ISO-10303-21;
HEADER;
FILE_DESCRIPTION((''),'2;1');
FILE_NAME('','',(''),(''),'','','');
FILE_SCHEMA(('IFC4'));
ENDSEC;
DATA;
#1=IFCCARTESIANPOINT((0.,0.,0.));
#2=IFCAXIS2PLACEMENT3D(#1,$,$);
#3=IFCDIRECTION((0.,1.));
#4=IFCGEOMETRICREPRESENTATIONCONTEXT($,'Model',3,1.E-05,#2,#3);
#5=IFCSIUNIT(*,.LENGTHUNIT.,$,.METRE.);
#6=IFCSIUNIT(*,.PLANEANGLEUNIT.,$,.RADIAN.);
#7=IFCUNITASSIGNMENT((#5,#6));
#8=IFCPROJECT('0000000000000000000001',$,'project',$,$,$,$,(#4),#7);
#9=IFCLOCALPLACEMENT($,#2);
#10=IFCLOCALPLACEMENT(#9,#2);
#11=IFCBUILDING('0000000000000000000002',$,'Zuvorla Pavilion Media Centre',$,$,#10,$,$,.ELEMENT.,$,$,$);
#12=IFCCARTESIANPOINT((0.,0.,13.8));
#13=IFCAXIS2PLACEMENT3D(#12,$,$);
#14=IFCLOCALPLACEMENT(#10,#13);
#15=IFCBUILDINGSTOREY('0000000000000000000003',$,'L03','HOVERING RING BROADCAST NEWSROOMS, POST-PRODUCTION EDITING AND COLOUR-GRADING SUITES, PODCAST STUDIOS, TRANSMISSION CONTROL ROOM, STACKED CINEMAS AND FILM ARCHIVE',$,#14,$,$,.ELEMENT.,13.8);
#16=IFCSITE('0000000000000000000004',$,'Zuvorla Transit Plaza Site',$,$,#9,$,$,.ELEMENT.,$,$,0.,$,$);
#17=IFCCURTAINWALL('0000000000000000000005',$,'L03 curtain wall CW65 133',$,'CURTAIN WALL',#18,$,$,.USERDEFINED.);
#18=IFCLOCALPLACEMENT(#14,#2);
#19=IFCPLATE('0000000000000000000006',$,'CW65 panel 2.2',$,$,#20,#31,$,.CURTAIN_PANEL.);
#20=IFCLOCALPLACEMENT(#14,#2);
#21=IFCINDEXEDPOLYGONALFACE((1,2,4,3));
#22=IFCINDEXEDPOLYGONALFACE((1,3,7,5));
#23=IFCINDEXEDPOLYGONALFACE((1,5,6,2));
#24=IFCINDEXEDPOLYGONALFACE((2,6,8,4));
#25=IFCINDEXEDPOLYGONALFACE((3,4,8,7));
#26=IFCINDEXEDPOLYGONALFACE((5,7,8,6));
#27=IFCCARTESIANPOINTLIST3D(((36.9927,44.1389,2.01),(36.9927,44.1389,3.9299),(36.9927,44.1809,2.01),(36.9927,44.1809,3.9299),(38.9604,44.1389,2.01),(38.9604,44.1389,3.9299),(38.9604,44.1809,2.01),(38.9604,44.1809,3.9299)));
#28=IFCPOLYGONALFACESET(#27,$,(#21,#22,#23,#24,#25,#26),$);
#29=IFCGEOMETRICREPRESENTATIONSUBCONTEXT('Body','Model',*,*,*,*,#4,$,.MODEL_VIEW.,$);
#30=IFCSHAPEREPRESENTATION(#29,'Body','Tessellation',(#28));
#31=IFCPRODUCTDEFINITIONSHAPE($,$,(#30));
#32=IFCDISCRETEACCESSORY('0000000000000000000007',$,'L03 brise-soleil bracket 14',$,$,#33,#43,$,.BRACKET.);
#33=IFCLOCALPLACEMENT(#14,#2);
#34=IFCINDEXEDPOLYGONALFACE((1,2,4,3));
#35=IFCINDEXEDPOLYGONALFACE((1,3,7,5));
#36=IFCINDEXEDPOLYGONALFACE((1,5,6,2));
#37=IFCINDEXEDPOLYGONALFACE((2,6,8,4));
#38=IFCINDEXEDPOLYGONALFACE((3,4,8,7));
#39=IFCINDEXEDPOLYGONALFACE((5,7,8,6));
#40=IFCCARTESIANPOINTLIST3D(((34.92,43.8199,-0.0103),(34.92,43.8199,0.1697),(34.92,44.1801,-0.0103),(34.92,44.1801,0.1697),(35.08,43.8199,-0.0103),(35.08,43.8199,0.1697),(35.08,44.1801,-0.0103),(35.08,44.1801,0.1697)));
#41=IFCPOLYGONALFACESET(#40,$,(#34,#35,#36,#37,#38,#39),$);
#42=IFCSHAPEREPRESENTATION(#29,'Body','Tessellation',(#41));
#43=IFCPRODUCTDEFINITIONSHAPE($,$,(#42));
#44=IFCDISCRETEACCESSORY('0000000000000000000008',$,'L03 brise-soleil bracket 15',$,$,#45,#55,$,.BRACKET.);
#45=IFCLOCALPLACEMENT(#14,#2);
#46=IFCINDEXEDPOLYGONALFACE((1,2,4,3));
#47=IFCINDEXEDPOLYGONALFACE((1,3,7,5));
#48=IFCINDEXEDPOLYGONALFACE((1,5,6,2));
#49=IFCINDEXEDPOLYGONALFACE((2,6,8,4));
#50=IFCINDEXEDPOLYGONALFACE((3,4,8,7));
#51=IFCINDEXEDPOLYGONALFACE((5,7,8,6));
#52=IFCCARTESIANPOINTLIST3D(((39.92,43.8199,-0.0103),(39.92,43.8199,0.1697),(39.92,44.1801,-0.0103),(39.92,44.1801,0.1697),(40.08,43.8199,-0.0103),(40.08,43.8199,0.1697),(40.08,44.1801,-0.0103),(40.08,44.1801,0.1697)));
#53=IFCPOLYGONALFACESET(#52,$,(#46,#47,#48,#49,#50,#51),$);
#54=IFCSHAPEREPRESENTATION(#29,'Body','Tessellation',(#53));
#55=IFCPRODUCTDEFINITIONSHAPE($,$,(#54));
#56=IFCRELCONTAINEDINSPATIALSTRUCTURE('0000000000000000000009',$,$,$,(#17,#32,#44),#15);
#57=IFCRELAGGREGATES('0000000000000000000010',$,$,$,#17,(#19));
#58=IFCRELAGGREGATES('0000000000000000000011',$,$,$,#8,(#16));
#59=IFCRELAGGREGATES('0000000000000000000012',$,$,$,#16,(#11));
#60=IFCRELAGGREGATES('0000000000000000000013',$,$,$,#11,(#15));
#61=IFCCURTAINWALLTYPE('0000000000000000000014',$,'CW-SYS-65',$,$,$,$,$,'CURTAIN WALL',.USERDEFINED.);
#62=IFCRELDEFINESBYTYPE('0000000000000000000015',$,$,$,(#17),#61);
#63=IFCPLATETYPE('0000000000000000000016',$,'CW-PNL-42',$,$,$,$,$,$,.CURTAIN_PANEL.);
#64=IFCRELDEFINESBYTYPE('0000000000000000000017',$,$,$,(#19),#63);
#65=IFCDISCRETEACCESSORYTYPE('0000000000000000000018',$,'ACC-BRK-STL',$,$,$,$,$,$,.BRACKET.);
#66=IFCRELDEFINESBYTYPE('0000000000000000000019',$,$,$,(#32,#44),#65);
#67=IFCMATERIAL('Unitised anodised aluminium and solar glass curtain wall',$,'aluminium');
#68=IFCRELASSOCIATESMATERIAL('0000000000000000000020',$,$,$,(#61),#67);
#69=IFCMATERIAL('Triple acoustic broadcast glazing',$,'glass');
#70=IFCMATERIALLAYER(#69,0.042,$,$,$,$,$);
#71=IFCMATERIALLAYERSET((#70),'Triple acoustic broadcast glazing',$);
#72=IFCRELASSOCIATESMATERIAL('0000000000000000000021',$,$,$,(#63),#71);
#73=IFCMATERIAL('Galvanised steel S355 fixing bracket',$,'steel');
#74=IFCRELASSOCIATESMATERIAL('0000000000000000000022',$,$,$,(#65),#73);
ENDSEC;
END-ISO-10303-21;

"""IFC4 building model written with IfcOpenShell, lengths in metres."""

from ifc_helpers import new_model, si_unit, direction, frame, origin, origin_2d, place, context, subcontext, project, spatial, rectangle, extrude, material, layer, layer_set, type_object, element, aggregate, save


model = new_model("IFC4")

# Units and contexts
model_context = context("Model", 3, precision=1e-05, world=origin(), true_north=direction((0.0, 1.0)))
body_context = subcontext(model_context, "Body", "Model", "MODEL_VIEW")
ifc_project = project(units=[si_unit("LENGTHUNIT", "METRE"), si_unit("PLANEANGLEUNIT", "RADIAN")], contexts=[model_context])

# Site, building, storey
site_placement = place(None, origin())
site = spatial("IfcSite", under=ifc_project, at=site_placement, Name="Zuvorla Transit Plaza Site", CompositionType="ELEMENT", RefElevation=0.0)
building_placement = place(site_placement, origin())
building = spatial("IfcBuilding", under=site, at=building_placement, Name="Zuvorla Pavilion Media Centre", CompositionType="ELEMENT")
storey_placement = place(building_placement, frame((0.0, 0.0, 13.8)))
storey = spatial("IfcBuildingStorey", under=building, at=storey_placement, Name="L03", Description="HOVERING RING BROADCAST NEWSROOMS, POST-PRODUCTION EDITING AND COLOUR-GRADING SUITES, PODCAST STUDIOS, TRANSMISSION CONTROL ROOM, STACKED CINEMAS AND FILM ARCHIVE", CompositionType="ELEMENT", Elevation=13.8)

# Curtain wall
ifc_material_1 = material(Name="Unitised anodised aluminium and solar glass curtain wall", Category="aluminium")
curtain_wall_type_1 = type_object("IfcCurtainWallType", Name="CW-SYS-65", ElementType="CURTAIN WALL", PredefinedType="USERDEFINED", material=ifc_material_1)
curtain_wall_1_placement = place(storey_placement, origin())
curtain_wall_1 = element("IfcCurtainWall", 1, at=curtain_wall_1_placement, inside=storey, type_object=curtain_wall_type_1, Name="L03 curtain wall CW65 133", ObjectType="CURTAIN WALL", PredefinedType="USERDEFINED")

# Plate
ifc_material_2 = material(Name="Triple acoustic broadcast glazing", Category="glass")
ifc_layer_1 = layer(ifc_material_2, 0.042)
ifc_layer_set_1 = layer_set([ifc_layer_1], Name="Triple acoustic broadcast glazing")
plate_type_1 = type_object("IfcPlateType", Name="CW-PNL-42", PredefinedType="CURTAIN_PANEL", material=ifc_layer_set_1)
plate_1_placement = place(storey_placement, frame((37.9766, 44.1599, 2.01), z_axis=(0.0, 0.0, 1.0), x_axis=(1.0, 0.0, 0.0)))
plate_1 = element("IfcPlate", 2, at=plate_1_placement, type_object=plate_type_1, Name="CW65 panel 2.2", PredefinedType="CURTAIN_PANEL", context=body_context, shape_type="SweptSolid", body=[
    extrude(rectangle(XDim=1.9678, YDim=0.042, at=origin_2d()), origin(), (0.0, 0.0, 1.0), 1.9199),
])
aggregate(curtain_wall_1, [plate_1])

# Discrete accessories
ifc_material_3 = material(Name="Galvanised steel S355 fixing bracket", Category="steel")
discrete_accessory_type = type_object("IfcDiscreteAccessoryType", Name="ACC-BRK-STL", PredefinedType="BRACKET", material=ifc_material_3)
for number, where, z_axis, x_axis, name in (
    (3, (35.0, 44.0, -0.0103), (0.0, 0.0, 1.0), (1.0, 0.0, 0.0), "L03 brise-soleil bracket 14"),
    (4, (40.0, 44.0, -0.0103), (0.0, 0.0, 1.0), (1.0, 0.0, 0.0), "L03 brise-soleil bracket 15"),
):
    element("IfcDiscreteAccessory", number, at=place(storey_placement, frame(where, z_axis=z_axis, x_axis=x_axis)), inside=storey, type_object=discrete_accessory_type, Name=name, PredefinedType="BRACKET", context=body_context, shape_type="SweptSolid", body=[
        extrude(rectangle(XDim=0.1599, YDim=0.3601, at=origin_2d()), origin(), (0.0, 0.0, 1.0), 0.1799),
    ])

save(model, "model.ifc")
